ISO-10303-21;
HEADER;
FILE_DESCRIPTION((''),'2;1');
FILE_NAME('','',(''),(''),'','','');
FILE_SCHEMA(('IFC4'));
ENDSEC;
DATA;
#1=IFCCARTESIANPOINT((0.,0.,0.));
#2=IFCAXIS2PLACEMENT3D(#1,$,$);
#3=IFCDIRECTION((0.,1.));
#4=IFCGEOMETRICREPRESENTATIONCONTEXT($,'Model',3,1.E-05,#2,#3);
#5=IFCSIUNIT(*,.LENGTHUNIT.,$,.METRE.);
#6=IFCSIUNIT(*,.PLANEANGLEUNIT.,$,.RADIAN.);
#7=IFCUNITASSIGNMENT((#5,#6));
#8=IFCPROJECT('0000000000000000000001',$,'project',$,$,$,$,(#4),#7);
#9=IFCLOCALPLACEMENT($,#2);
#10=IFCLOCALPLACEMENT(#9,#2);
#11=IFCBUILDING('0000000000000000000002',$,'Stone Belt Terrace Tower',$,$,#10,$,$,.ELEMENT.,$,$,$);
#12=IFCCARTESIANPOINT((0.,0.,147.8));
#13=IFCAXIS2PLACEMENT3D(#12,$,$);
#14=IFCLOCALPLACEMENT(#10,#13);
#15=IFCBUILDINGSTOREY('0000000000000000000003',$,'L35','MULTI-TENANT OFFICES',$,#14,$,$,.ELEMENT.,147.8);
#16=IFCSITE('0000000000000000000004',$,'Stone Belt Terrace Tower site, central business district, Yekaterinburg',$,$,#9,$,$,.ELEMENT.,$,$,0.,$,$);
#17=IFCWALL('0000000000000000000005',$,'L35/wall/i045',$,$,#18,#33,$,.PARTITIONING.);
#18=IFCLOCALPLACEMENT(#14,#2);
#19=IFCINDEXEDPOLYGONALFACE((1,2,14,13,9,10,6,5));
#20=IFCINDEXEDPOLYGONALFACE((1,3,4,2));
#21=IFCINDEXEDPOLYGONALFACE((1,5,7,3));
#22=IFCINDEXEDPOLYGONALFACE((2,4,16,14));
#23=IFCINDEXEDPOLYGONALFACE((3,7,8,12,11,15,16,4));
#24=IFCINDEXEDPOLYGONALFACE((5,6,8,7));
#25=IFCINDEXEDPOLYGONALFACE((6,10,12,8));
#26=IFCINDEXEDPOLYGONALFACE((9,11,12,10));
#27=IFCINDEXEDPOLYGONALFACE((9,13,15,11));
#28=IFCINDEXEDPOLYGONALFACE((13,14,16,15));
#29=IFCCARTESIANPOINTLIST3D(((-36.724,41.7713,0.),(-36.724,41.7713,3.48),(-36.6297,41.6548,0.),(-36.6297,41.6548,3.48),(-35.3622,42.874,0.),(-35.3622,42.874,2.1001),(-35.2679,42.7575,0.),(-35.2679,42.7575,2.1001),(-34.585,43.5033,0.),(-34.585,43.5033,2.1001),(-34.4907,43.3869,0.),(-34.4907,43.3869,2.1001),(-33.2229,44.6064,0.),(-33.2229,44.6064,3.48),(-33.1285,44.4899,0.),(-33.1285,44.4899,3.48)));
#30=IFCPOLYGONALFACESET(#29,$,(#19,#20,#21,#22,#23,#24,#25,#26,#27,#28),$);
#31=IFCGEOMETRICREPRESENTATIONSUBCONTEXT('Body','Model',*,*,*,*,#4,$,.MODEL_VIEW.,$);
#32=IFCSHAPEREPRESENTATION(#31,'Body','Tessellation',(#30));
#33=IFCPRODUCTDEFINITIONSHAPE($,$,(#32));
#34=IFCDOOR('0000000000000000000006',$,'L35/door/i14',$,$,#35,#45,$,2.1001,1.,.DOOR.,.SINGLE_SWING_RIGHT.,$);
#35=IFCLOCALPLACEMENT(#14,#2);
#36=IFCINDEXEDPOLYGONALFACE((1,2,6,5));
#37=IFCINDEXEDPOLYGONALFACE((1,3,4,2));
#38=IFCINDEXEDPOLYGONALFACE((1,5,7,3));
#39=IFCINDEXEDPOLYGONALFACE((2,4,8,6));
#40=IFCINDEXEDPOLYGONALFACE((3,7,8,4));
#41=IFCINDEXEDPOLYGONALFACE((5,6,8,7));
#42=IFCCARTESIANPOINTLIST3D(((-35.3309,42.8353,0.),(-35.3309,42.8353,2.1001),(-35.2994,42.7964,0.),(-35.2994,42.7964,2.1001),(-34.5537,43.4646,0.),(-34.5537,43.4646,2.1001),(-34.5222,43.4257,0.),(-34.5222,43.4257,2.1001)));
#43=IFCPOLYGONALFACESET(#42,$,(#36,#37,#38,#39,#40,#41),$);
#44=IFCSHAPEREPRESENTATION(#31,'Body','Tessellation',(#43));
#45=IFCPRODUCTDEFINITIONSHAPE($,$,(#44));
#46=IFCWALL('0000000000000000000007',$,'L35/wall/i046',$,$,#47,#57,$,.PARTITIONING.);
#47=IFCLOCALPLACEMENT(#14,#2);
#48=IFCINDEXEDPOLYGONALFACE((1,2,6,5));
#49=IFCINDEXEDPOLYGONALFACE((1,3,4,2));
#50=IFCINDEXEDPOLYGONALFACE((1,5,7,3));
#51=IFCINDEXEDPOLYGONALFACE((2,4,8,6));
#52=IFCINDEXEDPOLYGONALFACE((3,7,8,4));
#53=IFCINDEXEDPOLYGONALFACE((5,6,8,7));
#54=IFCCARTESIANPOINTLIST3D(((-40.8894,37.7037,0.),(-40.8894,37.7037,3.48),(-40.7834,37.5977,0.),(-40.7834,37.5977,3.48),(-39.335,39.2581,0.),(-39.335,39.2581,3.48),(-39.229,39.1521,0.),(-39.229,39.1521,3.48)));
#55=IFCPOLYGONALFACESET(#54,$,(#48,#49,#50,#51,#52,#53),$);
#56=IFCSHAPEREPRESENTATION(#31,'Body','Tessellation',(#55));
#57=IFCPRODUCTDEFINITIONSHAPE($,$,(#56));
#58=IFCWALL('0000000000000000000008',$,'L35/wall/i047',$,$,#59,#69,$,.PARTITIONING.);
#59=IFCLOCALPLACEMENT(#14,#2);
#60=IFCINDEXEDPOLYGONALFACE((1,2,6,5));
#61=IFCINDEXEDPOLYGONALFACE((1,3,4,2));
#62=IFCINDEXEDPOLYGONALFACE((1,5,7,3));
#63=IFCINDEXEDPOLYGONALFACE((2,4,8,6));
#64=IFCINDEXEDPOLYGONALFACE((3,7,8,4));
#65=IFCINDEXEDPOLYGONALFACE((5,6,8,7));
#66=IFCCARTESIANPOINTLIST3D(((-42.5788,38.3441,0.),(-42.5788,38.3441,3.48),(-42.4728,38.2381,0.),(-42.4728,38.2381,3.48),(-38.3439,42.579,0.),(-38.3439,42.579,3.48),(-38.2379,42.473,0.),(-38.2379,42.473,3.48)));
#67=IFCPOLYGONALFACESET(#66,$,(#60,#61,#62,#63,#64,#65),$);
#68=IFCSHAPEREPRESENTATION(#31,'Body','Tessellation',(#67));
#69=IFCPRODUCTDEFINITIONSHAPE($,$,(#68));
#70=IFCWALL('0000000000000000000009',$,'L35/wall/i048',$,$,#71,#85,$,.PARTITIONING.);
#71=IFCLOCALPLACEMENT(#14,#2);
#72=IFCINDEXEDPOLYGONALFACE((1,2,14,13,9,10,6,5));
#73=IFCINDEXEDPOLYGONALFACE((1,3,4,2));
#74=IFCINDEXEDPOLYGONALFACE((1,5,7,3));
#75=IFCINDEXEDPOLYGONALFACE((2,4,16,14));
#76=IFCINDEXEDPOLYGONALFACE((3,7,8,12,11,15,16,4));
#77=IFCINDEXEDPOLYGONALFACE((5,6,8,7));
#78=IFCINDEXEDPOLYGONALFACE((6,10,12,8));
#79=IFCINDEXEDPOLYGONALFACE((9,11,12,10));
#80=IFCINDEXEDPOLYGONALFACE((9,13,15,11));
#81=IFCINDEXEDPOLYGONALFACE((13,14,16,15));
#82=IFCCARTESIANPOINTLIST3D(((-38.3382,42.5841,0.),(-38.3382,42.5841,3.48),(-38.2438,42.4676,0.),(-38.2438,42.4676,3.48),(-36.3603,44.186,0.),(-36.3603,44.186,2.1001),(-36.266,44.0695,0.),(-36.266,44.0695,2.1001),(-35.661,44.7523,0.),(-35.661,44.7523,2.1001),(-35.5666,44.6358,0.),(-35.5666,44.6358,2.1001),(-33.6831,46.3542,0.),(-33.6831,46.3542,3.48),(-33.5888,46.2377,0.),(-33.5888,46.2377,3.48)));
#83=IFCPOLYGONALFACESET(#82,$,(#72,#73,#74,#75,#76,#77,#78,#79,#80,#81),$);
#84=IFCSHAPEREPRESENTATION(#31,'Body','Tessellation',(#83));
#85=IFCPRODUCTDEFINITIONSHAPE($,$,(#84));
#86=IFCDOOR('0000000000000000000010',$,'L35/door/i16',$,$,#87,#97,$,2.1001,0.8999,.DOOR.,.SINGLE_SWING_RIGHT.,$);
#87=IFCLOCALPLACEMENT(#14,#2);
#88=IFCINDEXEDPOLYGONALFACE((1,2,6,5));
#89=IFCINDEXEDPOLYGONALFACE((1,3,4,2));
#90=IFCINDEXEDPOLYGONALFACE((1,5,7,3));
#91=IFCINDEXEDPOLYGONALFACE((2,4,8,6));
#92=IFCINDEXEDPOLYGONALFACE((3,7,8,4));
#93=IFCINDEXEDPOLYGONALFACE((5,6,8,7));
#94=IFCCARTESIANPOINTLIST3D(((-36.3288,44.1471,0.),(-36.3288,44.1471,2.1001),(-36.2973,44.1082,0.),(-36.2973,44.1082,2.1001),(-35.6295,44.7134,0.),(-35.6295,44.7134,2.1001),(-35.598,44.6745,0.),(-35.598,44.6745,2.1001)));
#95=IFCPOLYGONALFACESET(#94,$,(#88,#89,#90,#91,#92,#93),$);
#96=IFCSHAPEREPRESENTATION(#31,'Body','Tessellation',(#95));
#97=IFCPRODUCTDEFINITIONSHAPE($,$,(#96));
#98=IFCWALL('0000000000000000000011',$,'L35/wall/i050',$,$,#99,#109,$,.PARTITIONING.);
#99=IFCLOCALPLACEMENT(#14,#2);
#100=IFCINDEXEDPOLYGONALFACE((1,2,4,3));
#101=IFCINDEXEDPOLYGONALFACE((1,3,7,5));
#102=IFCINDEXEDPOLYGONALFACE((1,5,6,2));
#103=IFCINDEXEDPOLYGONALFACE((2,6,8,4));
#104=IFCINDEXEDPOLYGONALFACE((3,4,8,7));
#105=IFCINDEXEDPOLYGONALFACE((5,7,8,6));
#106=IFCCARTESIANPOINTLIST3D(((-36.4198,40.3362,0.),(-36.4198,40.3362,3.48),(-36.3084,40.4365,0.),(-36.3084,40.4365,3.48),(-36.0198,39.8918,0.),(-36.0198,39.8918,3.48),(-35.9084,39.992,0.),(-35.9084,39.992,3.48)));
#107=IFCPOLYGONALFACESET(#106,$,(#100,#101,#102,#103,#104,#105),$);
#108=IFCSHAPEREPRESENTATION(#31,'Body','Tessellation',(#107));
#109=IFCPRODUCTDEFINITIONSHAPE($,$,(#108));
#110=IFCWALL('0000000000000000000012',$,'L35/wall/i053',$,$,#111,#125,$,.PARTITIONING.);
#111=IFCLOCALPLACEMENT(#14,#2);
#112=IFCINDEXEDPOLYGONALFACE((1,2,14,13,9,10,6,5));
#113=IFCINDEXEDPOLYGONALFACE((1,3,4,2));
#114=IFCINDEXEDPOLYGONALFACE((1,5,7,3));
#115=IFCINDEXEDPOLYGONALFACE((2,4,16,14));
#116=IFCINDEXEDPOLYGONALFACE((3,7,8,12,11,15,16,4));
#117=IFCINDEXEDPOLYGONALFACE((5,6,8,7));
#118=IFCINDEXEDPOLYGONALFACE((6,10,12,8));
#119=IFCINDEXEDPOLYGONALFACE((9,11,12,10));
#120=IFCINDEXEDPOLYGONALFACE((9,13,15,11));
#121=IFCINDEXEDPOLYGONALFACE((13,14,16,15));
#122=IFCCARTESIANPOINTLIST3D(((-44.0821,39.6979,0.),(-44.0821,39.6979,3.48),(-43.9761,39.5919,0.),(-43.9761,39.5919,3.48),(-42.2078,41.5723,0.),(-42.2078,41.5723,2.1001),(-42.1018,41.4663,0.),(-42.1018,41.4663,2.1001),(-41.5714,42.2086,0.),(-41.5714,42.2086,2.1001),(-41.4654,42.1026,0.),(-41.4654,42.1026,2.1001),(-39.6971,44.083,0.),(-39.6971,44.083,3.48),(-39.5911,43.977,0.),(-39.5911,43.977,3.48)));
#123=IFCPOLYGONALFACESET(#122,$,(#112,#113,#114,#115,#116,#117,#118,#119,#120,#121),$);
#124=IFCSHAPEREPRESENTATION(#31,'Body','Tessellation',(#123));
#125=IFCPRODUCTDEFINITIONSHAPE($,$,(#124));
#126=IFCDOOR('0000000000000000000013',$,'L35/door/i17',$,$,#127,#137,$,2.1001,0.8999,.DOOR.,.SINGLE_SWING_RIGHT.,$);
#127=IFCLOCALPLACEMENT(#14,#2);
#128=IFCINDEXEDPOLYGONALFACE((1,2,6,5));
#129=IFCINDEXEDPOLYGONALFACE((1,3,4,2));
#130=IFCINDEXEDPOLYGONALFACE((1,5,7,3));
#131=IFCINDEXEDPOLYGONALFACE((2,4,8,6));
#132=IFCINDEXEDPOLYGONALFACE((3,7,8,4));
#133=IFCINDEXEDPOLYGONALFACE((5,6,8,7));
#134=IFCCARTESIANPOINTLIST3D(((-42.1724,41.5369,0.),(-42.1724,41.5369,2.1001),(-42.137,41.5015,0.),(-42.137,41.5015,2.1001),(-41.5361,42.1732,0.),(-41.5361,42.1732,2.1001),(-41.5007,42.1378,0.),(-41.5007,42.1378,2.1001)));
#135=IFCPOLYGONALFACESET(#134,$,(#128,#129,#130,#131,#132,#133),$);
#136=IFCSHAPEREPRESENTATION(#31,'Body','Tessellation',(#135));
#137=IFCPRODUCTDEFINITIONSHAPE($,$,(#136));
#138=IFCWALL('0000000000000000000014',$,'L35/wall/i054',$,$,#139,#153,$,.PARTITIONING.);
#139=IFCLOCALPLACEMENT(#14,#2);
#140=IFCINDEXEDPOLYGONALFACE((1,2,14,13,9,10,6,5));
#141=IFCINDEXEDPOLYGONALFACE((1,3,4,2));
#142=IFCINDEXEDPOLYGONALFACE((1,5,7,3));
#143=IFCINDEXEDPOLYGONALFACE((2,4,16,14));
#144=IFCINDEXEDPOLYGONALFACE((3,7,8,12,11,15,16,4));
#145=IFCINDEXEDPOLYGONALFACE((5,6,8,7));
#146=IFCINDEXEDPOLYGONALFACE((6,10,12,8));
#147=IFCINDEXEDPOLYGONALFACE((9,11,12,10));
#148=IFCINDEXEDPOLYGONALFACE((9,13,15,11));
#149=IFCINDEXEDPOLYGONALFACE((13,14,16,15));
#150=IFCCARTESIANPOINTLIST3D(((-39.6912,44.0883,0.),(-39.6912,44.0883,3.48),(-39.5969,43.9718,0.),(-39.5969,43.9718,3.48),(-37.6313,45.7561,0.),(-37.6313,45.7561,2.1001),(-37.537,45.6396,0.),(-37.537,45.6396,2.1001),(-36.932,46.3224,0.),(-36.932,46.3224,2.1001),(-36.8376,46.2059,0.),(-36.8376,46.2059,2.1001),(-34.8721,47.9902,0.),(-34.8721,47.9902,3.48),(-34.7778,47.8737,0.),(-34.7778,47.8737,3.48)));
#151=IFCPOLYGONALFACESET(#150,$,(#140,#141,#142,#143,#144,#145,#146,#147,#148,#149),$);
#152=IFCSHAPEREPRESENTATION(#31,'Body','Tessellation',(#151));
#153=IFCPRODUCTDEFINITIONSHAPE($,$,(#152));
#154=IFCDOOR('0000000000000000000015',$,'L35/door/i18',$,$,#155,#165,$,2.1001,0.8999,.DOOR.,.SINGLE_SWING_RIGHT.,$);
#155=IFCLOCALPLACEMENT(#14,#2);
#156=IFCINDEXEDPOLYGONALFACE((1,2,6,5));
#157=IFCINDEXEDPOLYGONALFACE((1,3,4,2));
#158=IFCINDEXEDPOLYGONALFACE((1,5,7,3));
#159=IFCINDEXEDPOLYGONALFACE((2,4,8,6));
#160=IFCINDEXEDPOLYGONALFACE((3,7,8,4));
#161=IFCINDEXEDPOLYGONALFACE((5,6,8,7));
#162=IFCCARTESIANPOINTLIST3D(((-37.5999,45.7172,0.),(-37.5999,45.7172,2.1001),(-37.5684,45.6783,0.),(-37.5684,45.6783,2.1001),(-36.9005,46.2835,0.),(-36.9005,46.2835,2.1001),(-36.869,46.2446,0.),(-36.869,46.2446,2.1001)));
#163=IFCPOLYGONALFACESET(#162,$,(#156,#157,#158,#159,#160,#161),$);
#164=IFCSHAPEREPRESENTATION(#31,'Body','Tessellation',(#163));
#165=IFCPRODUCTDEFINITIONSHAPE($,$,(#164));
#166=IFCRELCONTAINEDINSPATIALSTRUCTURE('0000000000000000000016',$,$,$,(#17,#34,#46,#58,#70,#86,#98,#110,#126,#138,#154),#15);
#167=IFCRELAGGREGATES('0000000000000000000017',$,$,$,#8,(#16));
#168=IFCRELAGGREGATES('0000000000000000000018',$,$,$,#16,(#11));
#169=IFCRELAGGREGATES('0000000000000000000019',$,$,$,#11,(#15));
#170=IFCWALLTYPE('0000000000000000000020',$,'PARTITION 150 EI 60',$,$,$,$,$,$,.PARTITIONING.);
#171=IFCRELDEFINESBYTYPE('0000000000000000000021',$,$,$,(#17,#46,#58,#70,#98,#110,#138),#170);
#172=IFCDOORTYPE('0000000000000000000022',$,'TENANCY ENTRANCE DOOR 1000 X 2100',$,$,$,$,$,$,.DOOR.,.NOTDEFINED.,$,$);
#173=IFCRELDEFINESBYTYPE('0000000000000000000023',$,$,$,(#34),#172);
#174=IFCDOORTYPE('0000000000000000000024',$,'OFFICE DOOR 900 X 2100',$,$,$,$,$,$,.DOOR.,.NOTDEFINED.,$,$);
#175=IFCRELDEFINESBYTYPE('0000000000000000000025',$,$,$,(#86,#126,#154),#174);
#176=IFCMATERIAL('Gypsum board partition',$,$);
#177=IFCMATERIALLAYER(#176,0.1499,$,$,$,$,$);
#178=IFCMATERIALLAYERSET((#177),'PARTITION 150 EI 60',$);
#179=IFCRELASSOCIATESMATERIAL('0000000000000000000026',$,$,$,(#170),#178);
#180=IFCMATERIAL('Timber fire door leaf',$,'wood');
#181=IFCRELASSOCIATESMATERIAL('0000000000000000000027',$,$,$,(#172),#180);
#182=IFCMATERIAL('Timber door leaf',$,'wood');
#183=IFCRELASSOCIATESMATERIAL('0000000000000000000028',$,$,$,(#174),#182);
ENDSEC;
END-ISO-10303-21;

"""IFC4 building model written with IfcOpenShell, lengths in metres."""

from ifc_helpers import new_model, si_unit, direction, frame, frame_2d, origin, place, context, subcontext, project, spatial, rectangle, extrude, material, layer, layer_set, type_object, element, fill, save


model = new_model("IFC4")

# Units and contexts
model_context = context("Model", 3, precision=1e-05, world=origin(), true_north=direction((0.0, 1.0)))
body_context = subcontext(model_context, "Body", "Model", "MODEL_VIEW")
ifc_project = project(units=[si_unit("LENGTHUNIT", "METRE"), si_unit("PLANEANGLEUNIT", "RADIAN")], contexts=[model_context])

# Site, building, storey
site_placement = place(None, origin())
site = spatial("IfcSite", under=ifc_project, at=site_placement, Name="Stone Belt Terrace Tower site, central business district, Yekaterinburg", CompositionType="ELEMENT", RefElevation=0.0)
building_placement = place(site_placement, origin())
building = spatial("IfcBuilding", under=site, at=building_placement, Name="Stone Belt Terrace Tower", CompositionType="ELEMENT")
storey_placement = place(building_placement, frame((0.0, 0.0, 147.8)))
storey = spatial("IfcBuildingStorey", under=building, at=storey_placement, Name="L35", Description="MULTI-TENANT OFFICES", CompositionType="ELEMENT", Elevation=147.8)

# Shared definitions
ifc_material_1 = material(Name="Gypsum board partition")
ifc_layer_1 = layer(ifc_material_1, 0.1499)
ifc_layer_set_1 = layer_set([ifc_layer_1], Name="PARTITION 150 EI 60")
wall_type = type_object("IfcWallType", Name="PARTITION 150 EI 60", PredefinedType="PARTITIONING", material=ifc_layer_set_1)

# Wall, opening, door
wall_1_placement = place(storey_placement, frame((-33.1758, 44.5481, 0.0), z_axis=(0.0, 0.0, 1.0), x_axis=(-0.777149, -0.629317, 0.0)))
wall_1 = element("IfcWall", 1, at=wall_1_placement, inside=storey, type_object=wall_type, Name="L35/wall/i045", PredefinedType="PARTITIONING", context=body_context, shape_type="SweptSolid", body=[
    extrude(rectangle(XDim=4.5051, YDim=0.1499, at=frame_2d((2.2524, 0.0))), origin(), (0.0, 0.0, 1.0), 3.48),
])
opening_1_placement = place(wall_1_placement, frame((1.7527, 0.0, 0.0)))
opening_1 = element("IfcOpeningElement", 2, at=opening_1_placement, cuts=wall_1, PredefinedType="OPENING", context=body_context, shape_type="SweptSolid", body=[
    extrude(rectangle(XDim=1.0, YDim=2.1001, at=frame_2d((0.5, 1.05))), frame((0.0, 0.085, 0.0), z_axis=(0.0, -1.0, 0.0), x_axis=(1.0, 0.0, 0.0)), (0.0, 0.0, 1.0), 0.1699),
])
ifc_material_2 = material(Name="Timber fire door leaf", Category="wood")
door_type_1 = type_object("IfcDoorType", Name="TENANCY ENTRANCE DOOR 1000 X 2100", OperationType="NOTDEFINED", PredefinedType="DOOR", material=ifc_material_2)
door_1_placement = place(opening_1_placement, origin())
door_1 = element("IfcDoor", 3, at=door_1_placement, inside=storey, type_object=door_type_1, Name="L35/door/i14", OperationType="SINGLE_SWING_RIGHT", OverallHeight=2.1001, OverallWidth=1.0, PredefinedType="DOOR", context=body_context, shape_type="SweptSolid", body=[
    extrude(rectangle(XDim=1.0, YDim=2.1001, at=frame_2d((0.5, 1.05))), frame((0.0, 0.0249, 0.0), z_axis=(0.0, -1.0, 0.0), x_axis=(1.0, 0.0, 0.0)), (0.0, 0.0, 1.0), 0.05),
])
fill(opening_1, door_1)

# Walls
wall_2_placement = place(storey_placement, frame((-39.282, 39.2051, 0.0), z_axis=(0.0, 0.0, 1.0), x_axis=(-0.707107, -0.707107, 0.0)))
element("IfcWall", 4, at=wall_2_placement, inside=storey, type_object=wall_type, Name="L35/wall/i046", PredefinedType="PARTITIONING", context=body_context, shape_type="SweptSolid", body=[
    extrude(rectangle(XDim=2.1982, YDim=0.1499, at=frame_2d((1.0991, 0.0))), origin(), (0.0, 0.0, 1.0), 3.48),
])
wall_3_placement = place(storey_placement, frame((-42.5259, 38.291, 0.0), z_axis=(0.0, 0.0, 1.0), x_axis=(0.707107, 0.707107, 0.0)))
element("IfcWall", 5, at=wall_3_placement, inside=storey, type_object=wall_type, Name="L35/wall/i047", PredefinedType="PARTITIONING", context=body_context, shape_type="SweptSolid", body=[
    extrude(rectangle(XDim=5.989, YDim=0.1499, at=frame_2d((2.9946, 0.0))), origin(), (0.0, 0.0, 1.0), 3.48),
])

# Wall, opening, door
wall_4_placement = place(storey_placement, frame((-38.291, 42.5259, 0.0), z_axis=(0.0, 0.0, 1.0), x_axis=(0.777109, 0.629366, 0.0)))
wall_4 = element("IfcWall", 6, at=wall_4_placement, inside=storey, type_object=wall_type, Name="L35/wall/i048", PredefinedType="PARTITIONING", context=body_context, shape_type="SweptSolid", body=[
    extrude(rectangle(XDim=5.9902, YDim=0.1499, at=frame_2d((2.9951, 0.0))), origin(), (0.0, 0.0, 1.0), 3.48),
])
opening_2_placement = place(wall_4_placement, frame((2.5452, 0.0, 0.0)))
opening_2 = element("IfcOpeningElement", 7, at=opening_2_placement, cuts=wall_4, PredefinedType="OPENING", context=body_context, shape_type="SweptSolid", body=[
    extrude(rectangle(XDim=0.8999, YDim=2.1001, at=frame_2d((0.45, 1.05))), frame((0.0, 0.085, 0.0), z_axis=(0.0, -1.0, 0.0), x_axis=(1.0, 0.0, 0.0)), (0.0, 0.0, 1.0), 0.1699),
])
ifc_material_3 = material(Name="Timber door leaf", Category="wood")
door_type_2 = type_object("IfcDoorType", Name="OFFICE DOOR 900 X 2100", OperationType="NOTDEFINED", PredefinedType="DOOR", material=ifc_material_3)
door_2_placement = place(opening_2_placement, origin())
door_2 = element("IfcDoor", 8, at=door_2_placement, inside=storey, type_object=door_type_2, Name="L35/door/i16", OperationType="SINGLE_SWING_RIGHT", OverallHeight=2.1001, OverallWidth=0.8999, PredefinedType="DOOR", context=body_context, shape_type="SweptSolid", body=[
    extrude(rectangle(XDim=0.8999, YDim=2.1001, at=frame_2d((0.45, 1.05))), frame((0.0, 0.0249, 0.0), z_axis=(0.0, -1.0, 0.0), x_axis=(1.0, 0.0, 0.0)), (0.0, 0.0, 1.0), 0.05),
])
fill(opening_2, door_2)

# Wall
wall_5_placement = place(storey_placement, frame((-36.364, 40.3862, 0.0), z_axis=(0.0, 0.0, 1.0), x_axis=(0.668965, -0.743294, 0.0)))
element("IfcWall", 9, at=wall_5_placement, inside=storey, type_object=wall_type, Name="L35/wall/i050", PredefinedType="PARTITIONING", context=body_context, shape_type="SweptSolid", body=[
    extrude(rectangle(XDim=0.5979, YDim=0.1499, at=frame_2d((0.2988, 0.0))), origin(), (0.0, 0.0, 1.0), 3.48),
])

# Walls, openings, doors
wall_6_placement = place(storey_placement, frame((-44.0291, 39.645, 0.0), z_axis=(0.0, 0.0, 1.0), x_axis=(0.707107, 0.707107, 0.0)))
wall_6 = element("IfcWall", 10, at=wall_6_placement, inside=storey, type_object=wall_type, Name="L35/wall/i053", PredefinedType="PARTITIONING", context=body_context, shape_type="SweptSolid", body=[
    extrude(rectangle(XDim=6.2014, YDim=0.1499, at=frame_2d((3.1006, 0.0))), origin(), (0.0, 0.0, 1.0), 3.48),
])
opening_3_placement = place(wall_6_placement, frame((2.6506, 0.0, 0.0)))
opening_3 = element("IfcOpeningElement", 11, at=opening_3_placement, cuts=wall_6, PredefinedType="OPENING", context=body_context, shape_type="SweptSolid", body=[
    extrude(rectangle(XDim=0.8999, YDim=2.1001, at=frame_2d((0.45, 1.05))), frame((0.0, 0.085, 0.0), z_axis=(0.0, -1.0, 0.0), x_axis=(1.0, 0.0, 0.0)), (0.0, 0.0, 1.0), 0.1699),
])
door_3_placement = place(opening_3_placement, origin())
door_3 = element("IfcDoor", 12, at=door_3_placement, inside=storey, type_object=door_type_2, Name="L35/door/i17", OperationType="SINGLE_SWING_RIGHT", OverallHeight=2.1001, OverallWidth=0.8999, PredefinedType="DOOR", context=body_context, shape_type="SweptSolid", body=[
    extrude(rectangle(XDim=0.8999, YDim=2.1001, at=frame_2d((0.45, 1.05))), frame((0.0, 0.0249, 0.0), z_axis=(0.0, -1.0, 0.0), x_axis=(1.0, 0.0, 0.0)), (0.0, 0.0, 1.0), 0.05),
])
fill(opening_3, door_3)
wall_7_placement = place(storey_placement, frame((-39.644, 44.03, 0.0), z_axis=(0.0, 0.0, 1.0), x_axis=(0.777191, 0.629265, 0.0)))
wall_7 = element("IfcWall", 13, at=wall_7_placement, inside=storey, type_object=wall_type, Name="L35/wall/i054", PredefinedType="PARTITIONING", context=body_context, shape_type="SweptSolid", body=[
    extrude(rectangle(XDim=6.2007, YDim=0.1499, at=frame_2d((3.1003, 0.0))), origin(), (0.0, 0.0, 1.0), 3.48),
])
opening_4_placement = place(wall_7_placement, frame((2.6504, 0.0, 0.0)))
opening_4 = element("IfcOpeningElement", 14, at=opening_4_placement, cuts=wall_7, PredefinedType="OPENING", context=body_context, shape_type="SweptSolid", body=[
    extrude(rectangle(XDim=0.8999, YDim=2.1001, at=frame_2d((0.45, 1.05))), frame((0.0, 0.085, 0.0), z_axis=(0.0, -1.0, 0.0), x_axis=(1.0, 0.0, 0.0)), (0.0, 0.0, 1.0), 0.1699),
])
door_4_placement = place(opening_4_placement, origin())
door_4 = element("IfcDoor", 15, at=door_4_placement, inside=storey, type_object=door_type_2, Name="L35/door/i18", OperationType="SINGLE_SWING_RIGHT", OverallHeight=2.1001, OverallWidth=0.8999, PredefinedType="DOOR", context=body_context, shape_type="SweptSolid", body=[
    extrude(rectangle(XDim=0.8999, YDim=2.1001, at=frame_2d((0.45, 1.05))), frame((0.0, 0.0249, 0.0), z_axis=(0.0, -1.0, 0.0), x_axis=(1.0, 0.0, 0.0)), (0.0, 0.0, 1.0), 0.05),
])
fill(opening_4, door_4)

save(model, "model.ifc")
